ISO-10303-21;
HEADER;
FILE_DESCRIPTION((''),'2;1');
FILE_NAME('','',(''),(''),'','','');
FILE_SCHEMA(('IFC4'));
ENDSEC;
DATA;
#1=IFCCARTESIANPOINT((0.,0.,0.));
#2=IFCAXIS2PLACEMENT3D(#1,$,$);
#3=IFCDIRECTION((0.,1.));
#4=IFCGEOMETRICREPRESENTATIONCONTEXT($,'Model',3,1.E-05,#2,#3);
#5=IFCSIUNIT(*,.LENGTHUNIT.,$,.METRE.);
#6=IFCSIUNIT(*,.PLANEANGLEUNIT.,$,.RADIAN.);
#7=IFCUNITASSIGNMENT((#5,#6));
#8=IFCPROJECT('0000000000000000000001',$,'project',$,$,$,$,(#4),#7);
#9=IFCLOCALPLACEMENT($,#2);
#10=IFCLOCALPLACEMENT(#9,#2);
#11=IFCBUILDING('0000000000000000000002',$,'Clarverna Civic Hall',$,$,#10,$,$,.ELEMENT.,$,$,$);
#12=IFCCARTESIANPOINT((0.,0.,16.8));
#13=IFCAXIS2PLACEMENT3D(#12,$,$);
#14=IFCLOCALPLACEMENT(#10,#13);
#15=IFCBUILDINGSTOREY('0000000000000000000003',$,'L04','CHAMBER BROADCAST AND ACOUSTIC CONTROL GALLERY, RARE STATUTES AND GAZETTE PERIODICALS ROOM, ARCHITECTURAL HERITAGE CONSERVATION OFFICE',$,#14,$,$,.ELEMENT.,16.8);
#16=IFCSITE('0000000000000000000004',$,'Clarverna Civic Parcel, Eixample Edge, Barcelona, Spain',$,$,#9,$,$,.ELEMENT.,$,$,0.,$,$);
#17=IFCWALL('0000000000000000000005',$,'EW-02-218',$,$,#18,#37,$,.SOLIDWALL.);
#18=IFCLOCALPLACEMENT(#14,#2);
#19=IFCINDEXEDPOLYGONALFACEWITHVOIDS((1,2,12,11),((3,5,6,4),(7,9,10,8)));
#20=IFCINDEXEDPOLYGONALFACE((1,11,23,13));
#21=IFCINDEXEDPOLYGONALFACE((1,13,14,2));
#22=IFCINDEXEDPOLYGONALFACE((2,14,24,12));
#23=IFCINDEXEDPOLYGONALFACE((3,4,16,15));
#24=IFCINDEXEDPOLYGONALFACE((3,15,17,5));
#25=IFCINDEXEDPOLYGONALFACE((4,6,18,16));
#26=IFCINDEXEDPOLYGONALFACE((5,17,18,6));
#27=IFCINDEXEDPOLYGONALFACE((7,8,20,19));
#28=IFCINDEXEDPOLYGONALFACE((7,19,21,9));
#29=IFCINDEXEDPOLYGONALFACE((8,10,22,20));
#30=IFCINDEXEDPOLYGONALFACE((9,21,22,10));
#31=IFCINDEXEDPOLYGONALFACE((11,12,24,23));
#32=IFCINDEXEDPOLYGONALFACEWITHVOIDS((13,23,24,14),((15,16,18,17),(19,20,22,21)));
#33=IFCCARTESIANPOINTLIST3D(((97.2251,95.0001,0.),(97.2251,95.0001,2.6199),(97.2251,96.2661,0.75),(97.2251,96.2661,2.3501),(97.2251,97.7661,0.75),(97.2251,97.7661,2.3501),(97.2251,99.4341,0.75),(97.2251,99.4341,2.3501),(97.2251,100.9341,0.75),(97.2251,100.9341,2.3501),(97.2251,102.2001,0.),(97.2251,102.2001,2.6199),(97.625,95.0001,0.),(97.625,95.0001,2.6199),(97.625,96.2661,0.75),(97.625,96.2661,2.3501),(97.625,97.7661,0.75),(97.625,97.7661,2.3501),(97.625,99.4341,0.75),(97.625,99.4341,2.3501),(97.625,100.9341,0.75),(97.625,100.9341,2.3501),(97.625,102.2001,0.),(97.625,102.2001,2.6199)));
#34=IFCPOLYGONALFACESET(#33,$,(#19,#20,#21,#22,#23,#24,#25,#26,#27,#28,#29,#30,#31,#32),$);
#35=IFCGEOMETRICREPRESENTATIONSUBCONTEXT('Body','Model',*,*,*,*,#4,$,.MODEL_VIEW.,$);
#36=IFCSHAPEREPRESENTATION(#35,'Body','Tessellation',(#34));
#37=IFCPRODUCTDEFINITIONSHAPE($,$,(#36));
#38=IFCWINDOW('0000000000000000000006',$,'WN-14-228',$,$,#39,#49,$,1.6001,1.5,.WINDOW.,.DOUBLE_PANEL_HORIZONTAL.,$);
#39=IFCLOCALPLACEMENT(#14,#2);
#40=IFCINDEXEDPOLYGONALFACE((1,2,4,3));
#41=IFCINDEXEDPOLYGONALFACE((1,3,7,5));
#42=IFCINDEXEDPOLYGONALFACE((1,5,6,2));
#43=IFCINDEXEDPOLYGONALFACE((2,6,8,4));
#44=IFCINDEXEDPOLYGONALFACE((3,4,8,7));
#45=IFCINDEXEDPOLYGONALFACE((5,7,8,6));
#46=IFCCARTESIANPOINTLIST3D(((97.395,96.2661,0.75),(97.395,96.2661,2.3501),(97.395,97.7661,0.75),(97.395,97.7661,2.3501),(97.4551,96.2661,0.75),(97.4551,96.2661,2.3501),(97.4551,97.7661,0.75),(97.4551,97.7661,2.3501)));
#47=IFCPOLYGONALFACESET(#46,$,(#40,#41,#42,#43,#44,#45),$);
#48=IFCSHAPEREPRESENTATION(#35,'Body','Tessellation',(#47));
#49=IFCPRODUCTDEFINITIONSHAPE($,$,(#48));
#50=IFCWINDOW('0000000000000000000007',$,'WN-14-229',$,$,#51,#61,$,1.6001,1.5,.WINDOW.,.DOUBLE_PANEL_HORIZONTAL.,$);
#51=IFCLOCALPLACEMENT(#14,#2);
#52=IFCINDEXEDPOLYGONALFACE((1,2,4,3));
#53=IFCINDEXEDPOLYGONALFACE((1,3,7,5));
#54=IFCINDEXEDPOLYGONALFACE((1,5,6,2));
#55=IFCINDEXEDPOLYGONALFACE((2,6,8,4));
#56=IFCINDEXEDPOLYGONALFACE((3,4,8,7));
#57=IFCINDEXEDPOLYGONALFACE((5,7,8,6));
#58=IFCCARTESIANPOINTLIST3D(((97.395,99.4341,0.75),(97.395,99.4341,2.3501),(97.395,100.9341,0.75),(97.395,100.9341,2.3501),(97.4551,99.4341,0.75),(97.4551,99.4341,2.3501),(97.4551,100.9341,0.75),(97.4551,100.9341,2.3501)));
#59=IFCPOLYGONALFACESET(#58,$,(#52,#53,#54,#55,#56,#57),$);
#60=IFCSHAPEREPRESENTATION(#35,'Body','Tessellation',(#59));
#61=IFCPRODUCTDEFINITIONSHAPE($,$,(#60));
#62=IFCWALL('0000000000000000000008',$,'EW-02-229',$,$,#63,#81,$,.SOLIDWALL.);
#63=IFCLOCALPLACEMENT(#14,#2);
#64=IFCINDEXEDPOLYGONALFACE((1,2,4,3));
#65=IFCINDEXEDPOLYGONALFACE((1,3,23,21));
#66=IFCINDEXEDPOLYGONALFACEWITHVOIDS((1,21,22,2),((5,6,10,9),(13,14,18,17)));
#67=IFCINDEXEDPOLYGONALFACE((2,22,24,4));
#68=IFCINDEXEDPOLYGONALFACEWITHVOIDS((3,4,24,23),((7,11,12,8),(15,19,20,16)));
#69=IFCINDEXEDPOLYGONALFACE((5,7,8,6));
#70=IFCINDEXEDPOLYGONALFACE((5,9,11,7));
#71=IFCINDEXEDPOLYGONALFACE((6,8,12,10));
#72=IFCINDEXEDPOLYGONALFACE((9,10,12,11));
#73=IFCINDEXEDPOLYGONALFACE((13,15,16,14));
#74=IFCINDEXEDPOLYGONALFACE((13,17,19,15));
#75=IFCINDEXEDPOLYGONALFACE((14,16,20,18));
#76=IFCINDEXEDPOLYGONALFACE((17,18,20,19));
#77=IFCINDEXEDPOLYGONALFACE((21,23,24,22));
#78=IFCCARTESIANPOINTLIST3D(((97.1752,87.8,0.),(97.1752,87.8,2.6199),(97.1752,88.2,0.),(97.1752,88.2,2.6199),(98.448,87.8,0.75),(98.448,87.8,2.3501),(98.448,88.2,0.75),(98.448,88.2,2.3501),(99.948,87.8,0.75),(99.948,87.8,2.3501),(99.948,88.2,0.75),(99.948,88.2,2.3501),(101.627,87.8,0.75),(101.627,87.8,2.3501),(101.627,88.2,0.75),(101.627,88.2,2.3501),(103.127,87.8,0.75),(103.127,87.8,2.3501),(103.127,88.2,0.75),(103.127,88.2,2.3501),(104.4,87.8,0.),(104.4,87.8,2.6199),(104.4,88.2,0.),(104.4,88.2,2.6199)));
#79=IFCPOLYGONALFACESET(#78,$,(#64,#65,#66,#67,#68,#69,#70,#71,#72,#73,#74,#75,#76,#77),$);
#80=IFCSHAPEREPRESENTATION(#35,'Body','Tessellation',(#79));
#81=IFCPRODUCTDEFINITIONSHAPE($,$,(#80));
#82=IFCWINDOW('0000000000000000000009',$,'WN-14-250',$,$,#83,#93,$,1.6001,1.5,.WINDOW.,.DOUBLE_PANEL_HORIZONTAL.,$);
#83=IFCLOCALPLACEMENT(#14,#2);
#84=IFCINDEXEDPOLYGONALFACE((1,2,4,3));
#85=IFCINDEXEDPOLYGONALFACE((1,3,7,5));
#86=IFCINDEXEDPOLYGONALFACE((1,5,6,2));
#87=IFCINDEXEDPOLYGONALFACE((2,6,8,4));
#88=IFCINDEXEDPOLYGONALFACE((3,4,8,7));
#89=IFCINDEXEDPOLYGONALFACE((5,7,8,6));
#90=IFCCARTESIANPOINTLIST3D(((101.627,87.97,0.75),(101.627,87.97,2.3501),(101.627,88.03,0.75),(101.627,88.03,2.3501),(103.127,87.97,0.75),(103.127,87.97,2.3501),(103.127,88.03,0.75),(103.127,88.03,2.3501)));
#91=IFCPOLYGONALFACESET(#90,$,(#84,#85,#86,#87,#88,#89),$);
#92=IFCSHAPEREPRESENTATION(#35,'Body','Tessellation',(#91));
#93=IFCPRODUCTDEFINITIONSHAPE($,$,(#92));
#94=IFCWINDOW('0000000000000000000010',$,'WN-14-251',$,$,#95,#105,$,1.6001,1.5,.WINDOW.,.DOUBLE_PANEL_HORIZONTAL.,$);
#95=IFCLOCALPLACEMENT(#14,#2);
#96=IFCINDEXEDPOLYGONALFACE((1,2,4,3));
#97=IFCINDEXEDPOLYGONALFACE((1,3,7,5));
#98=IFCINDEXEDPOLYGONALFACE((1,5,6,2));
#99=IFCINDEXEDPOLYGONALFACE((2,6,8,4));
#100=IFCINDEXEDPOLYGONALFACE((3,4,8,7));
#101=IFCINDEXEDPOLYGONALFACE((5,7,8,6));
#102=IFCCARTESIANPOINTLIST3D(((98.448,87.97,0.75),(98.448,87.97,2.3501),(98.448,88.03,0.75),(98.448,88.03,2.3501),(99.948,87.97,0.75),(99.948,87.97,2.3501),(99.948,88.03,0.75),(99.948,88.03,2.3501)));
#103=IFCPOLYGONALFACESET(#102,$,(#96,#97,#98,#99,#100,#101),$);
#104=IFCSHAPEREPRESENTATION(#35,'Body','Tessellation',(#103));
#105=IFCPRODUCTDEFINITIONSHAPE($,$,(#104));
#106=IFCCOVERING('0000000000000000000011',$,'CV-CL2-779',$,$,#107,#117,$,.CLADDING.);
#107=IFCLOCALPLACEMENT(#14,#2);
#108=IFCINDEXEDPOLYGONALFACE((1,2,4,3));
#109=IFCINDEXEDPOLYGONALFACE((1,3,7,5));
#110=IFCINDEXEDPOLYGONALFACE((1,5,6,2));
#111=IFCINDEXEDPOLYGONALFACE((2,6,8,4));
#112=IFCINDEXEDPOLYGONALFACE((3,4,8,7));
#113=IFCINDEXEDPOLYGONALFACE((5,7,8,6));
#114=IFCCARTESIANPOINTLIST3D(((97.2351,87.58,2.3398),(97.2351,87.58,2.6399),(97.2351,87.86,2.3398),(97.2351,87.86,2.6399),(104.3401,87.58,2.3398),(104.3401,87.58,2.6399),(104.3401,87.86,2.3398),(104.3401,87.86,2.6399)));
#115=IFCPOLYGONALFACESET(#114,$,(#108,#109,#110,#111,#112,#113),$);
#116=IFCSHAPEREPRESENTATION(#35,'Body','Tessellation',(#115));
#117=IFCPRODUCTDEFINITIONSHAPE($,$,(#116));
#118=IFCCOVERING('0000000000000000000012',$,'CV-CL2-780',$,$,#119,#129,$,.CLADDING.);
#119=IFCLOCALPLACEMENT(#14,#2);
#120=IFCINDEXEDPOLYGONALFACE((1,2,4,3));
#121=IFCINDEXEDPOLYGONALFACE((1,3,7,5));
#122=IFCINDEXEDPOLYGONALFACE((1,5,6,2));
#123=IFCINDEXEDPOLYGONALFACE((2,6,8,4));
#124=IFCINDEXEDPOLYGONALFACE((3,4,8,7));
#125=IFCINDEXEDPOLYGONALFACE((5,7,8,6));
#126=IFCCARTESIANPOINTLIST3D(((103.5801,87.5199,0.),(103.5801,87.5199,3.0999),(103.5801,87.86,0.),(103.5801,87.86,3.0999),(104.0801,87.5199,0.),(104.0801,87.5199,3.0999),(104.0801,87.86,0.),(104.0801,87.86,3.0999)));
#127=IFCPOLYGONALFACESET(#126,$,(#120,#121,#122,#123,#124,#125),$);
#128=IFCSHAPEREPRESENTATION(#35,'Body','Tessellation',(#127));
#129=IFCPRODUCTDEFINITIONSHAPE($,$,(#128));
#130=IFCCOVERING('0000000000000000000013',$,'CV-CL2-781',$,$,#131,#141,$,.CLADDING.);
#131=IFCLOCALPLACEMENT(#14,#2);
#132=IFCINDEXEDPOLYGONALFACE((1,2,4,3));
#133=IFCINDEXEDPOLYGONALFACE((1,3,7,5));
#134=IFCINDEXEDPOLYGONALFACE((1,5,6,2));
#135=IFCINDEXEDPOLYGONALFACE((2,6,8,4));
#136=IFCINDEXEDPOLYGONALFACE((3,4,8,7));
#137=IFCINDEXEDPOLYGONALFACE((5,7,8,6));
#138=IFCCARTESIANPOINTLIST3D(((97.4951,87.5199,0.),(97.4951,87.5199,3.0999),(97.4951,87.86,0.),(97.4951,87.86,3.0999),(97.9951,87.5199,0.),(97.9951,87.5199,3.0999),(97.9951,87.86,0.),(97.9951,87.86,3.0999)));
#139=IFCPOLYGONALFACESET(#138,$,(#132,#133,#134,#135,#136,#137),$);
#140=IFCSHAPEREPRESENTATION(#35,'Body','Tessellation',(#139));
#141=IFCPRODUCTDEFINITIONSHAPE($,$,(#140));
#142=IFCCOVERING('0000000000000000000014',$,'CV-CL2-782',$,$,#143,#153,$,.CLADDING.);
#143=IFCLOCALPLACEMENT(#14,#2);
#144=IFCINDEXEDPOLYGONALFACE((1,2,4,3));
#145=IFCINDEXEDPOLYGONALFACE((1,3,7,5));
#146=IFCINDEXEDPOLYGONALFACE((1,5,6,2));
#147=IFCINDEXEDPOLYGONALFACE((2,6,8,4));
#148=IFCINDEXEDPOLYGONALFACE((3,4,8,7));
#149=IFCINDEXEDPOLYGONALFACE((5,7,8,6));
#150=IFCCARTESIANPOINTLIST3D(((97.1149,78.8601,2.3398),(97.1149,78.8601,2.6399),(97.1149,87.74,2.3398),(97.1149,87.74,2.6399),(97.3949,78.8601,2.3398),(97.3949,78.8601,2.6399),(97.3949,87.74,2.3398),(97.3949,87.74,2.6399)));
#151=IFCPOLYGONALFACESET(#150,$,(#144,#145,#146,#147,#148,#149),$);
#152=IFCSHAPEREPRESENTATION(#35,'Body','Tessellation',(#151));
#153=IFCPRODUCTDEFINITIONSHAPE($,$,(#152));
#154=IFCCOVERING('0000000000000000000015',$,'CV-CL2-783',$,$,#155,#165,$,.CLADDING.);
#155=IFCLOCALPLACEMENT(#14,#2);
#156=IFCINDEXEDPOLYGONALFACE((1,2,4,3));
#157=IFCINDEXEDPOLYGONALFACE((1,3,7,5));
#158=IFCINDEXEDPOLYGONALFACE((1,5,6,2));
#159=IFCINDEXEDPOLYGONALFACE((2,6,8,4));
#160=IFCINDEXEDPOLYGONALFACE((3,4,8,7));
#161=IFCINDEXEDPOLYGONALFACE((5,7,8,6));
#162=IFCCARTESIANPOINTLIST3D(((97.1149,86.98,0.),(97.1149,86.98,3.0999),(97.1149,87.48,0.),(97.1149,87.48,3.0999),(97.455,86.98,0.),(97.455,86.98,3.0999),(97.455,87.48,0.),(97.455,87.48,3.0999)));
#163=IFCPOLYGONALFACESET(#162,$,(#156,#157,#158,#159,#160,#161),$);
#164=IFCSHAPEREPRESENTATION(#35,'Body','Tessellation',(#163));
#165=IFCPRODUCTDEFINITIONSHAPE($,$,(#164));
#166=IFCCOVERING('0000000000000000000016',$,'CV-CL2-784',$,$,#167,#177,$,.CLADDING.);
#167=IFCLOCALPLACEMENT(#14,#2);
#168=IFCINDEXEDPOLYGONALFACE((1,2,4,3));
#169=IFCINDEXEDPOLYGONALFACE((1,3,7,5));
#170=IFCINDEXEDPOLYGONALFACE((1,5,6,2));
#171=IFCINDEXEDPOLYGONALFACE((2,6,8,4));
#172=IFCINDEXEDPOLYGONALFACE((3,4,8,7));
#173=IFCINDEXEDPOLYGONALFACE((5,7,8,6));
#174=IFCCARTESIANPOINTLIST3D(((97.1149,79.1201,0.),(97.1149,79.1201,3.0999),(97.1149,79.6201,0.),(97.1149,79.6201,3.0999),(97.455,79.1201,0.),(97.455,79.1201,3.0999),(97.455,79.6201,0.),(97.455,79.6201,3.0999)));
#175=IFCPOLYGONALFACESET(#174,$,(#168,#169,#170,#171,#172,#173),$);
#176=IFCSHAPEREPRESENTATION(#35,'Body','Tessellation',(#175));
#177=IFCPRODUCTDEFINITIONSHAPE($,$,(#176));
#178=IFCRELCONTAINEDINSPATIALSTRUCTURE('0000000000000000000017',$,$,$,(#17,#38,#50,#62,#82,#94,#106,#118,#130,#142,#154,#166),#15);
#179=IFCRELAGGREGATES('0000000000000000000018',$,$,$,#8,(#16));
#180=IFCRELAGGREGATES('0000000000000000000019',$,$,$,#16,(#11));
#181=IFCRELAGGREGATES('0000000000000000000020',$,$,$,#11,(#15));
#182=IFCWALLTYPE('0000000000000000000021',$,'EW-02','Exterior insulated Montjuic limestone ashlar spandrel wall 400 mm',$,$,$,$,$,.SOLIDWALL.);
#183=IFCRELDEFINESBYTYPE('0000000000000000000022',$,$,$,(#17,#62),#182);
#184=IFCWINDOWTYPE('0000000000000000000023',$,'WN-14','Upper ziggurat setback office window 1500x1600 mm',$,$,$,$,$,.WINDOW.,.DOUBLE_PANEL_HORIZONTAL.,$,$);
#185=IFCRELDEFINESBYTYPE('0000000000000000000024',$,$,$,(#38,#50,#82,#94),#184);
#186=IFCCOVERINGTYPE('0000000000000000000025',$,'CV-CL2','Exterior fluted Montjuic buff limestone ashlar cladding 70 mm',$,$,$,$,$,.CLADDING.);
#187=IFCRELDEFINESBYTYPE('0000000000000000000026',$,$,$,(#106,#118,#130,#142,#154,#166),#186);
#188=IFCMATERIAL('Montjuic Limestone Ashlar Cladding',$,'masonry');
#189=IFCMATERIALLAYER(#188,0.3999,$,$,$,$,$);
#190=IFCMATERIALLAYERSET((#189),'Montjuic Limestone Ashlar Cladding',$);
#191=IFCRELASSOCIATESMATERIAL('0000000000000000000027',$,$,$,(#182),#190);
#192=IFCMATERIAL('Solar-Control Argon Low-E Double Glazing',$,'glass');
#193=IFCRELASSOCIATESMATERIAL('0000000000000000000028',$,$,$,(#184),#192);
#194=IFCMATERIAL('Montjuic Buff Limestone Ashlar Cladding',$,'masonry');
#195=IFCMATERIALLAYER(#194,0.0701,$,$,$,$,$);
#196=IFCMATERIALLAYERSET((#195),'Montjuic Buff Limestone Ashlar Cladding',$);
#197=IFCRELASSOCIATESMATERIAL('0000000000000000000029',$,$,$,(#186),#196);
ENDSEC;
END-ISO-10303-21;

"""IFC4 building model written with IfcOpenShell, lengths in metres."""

from ifc_helpers import new_model, si_unit, direction, frame, frame_2d, origin, place, context, subcontext, project, spatial, rectangle, extrude, material, layer, layer_set, type_object, element, fill, save


model = new_model("IFC4")

# Units and contexts
model_context = context("Model", 3, precision=1e-05, world=origin(), true_north=direction((0.0, 1.0)))
body_context = subcontext(model_context, "Body", "Model", "MODEL_VIEW")
ifc_project = project(units=[si_unit("LENGTHUNIT", "METRE"), si_unit("PLANEANGLEUNIT", "RADIAN")], contexts=[model_context])

# Site, building, storey
site_placement = place(None, origin())
site = spatial("IfcSite", under=ifc_project, at=site_placement, Name="Clarverna Civic Parcel, Eixample Edge, Barcelona, Spain", CompositionType="ELEMENT", RefElevation=0.0)
building_placement = place(site_placement, origin())
building = spatial("IfcBuilding", under=site, at=building_placement, Name="Clarverna Civic Hall", CompositionType="ELEMENT")
storey_placement = place(building_placement, frame((0.0, 0.0, 16.8)))
storey = spatial("IfcBuildingStorey", under=building, at=storey_placement, Name="L04", Description="CHAMBER BROADCAST AND ACOUSTIC CONTROL GALLERY, RARE STATUTES AND GAZETTE PERIODICALS ROOM, ARCHITECTURAL HERITAGE CONSERVATION OFFICE", CompositionType="ELEMENT", Elevation=16.8)

# Walls, openings, windows
ifc_material_1 = material(Name="Montjuic Limestone Ashlar Cladding", Category="masonry")
ifc_layer_1 = layer(ifc_material_1, 0.3999)
ifc_layer_set_1 = layer_set([ifc_layer_1], Name="Montjuic Limestone Ashlar Cladding")
wall_type = type_object("IfcWallType", Name="EW-02", Description="Exterior insulated Montjuic limestone ashlar spandrel wall 400 mm", PredefinedType="SOLIDWALL", material=ifc_layer_set_1)
wall_1_placement = place(storey_placement, frame((97.425, 95.0, 0.0), z_axis=(0.0, 0.0, 1.0), x_axis=(0.0, 1.0, 0.0)))
wall_1 = element("IfcWall", 1, at=wall_1_placement, inside=storey, type_object=wall_type, Name="EW-02-218", PredefinedType="SOLIDWALL", context=body_context, shape_type="SweptSolid", body=[
    extrude(rectangle(XDim=7.2, YDim=0.3999, at=frame_2d((3.6001, 0.0))), origin(), (0.0, 0.0, 1.0), 2.6199),
])
opening_1_placement = place(wall_1_placement, frame((1.2661, 0.0, 0.75)))
opening_1 = element("IfcOpeningElement", 2, at=opening_1_placement, cuts=wall_1, PredefinedType="OPENING", context=body_context, shape_type="SweptSolid", body=[
    extrude(rectangle(XDim=1.5, YDim=1.6001, at=frame_2d((0.75, 0.8))), frame((0.0, 0.21, 0.0), z_axis=(0.0, -1.0, 0.0), x_axis=(1.0, 0.0, 0.0)), (0.0, 0.0, 1.0), 0.4199),
])
opening_2_placement = place(wall_1_placement, frame((4.4341, 0.0, 0.75)))
opening_2 = element("IfcOpeningElement", 3, at=opening_2_placement, cuts=wall_1, PredefinedType="OPENING", context=body_context, shape_type="SweptSolid", body=[
    extrude(rectangle(XDim=1.5, YDim=1.6001, at=frame_2d((0.75, 0.8))), frame((0.0, 0.21, 0.0), z_axis=(0.0, -1.0, 0.0), x_axis=(1.0, 0.0, 0.0)), (0.0, 0.0, 1.0), 0.4199),
])
ifc_material_2 = material(Name="Solar-Control Argon Low-E Double Glazing", Category="glass")
window_type = type_object("IfcWindowType", Name="WN-14", Description="Upper ziggurat setback office window 1500x1600 mm", PartitioningType="DOUBLE_PANEL_HORIZONTAL", PredefinedType="WINDOW", material=ifc_material_2)
window_1_placement = place(opening_1_placement, origin())
window_1 = element("IfcWindow", 4, at=window_1_placement, inside=storey, type_object=window_type, Name="WN-14-228", OverallHeight=1.6001, OverallWidth=1.5, PartitioningType="DOUBLE_PANEL_HORIZONTAL", PredefinedType="WINDOW", context=body_context, shape_type="SweptSolid", body=[
    extrude(rectangle(XDim=1.5, YDim=1.6001, at=frame_2d((0.75, 0.8))), frame((0.0, 0.03, 0.0), z_axis=(0.0, -1.0, 0.0), x_axis=(1.0, 0.0, 0.0)), (0.0, 0.0, 1.0), 0.0601),
])
fill(opening_1, window_1)
window_2_placement = place(opening_2_placement, origin())
window_2 = element("IfcWindow", 5, at=window_2_placement, inside=storey, type_object=window_type, Name="WN-14-229", OverallHeight=1.6001, OverallWidth=1.5, PartitioningType="DOUBLE_PANEL_HORIZONTAL", PredefinedType="WINDOW", context=body_context, shape_type="SweptSolid", body=[
    extrude(rectangle(XDim=1.5, YDim=1.6001, at=frame_2d((0.75, 0.8))), frame((0.0, 0.03, 0.0), z_axis=(0.0, -1.0, 0.0), x_axis=(1.0, 0.0, 0.0)), (0.0, 0.0, 1.0), 0.0601),
])
fill(opening_2, window_2)
wall_2_placement = place(storey_placement, frame((104.3999, 88.0, 0.0), z_axis=(0.0, 0.0, 1.0), x_axis=(-1.0, 0.0, 0.0)))
wall_2 = element("IfcWall", 6, at=wall_2_placement, inside=storey, type_object=wall_type, Name="EW-02-229", PredefinedType="SOLIDWALL", context=body_context, shape_type="SweptSolid", body=[
    extrude(rectangle(XDim=7.2249, YDim=0.3999, at=frame_2d((3.6123, 0.0))), origin(), (0.0, 0.0, 1.0), 2.6199),
])
opening_3_placement = place(wall_2_placement, frame((1.2729, 0.0, 0.75)))
opening_3 = element("IfcOpeningElement", 7, at=opening_3_placement, cuts=wall_2, PredefinedType="OPENING", context=body_context, shape_type="SweptSolid", body=[
    extrude(rectangle(XDim=1.5, YDim=1.6001, at=frame_2d((0.75, 0.8))), frame((0.0, 0.21, 0.0), z_axis=(0.0, -1.0, 0.0), x_axis=(1.0, 0.0, 0.0)), (0.0, 0.0, 1.0), 0.4199),
])
opening_4_placement = place(wall_2_placement, frame((4.4519, 0.0, 0.75)))
opening_4 = element("IfcOpeningElement", 8, at=opening_4_placement, cuts=wall_2, PredefinedType="OPENING", context=body_context, shape_type="SweptSolid", body=[
    extrude(rectangle(XDim=1.5, YDim=1.6001, at=frame_2d((0.75, 0.8))), frame((0.0, 0.21, 0.0), z_axis=(0.0, -1.0, 0.0), x_axis=(1.0, 0.0, 0.0)), (0.0, 0.0, 1.0), 0.4199),
])
window_3_placement = place(opening_3_placement, origin())
window_3 = element("IfcWindow", 9, at=window_3_placement, inside=storey, type_object=window_type, Name="WN-14-250", OverallHeight=1.6001, OverallWidth=1.5, PartitioningType="DOUBLE_PANEL_HORIZONTAL", PredefinedType="WINDOW", context=body_context, shape_type="SweptSolid", body=[
    extrude(rectangle(XDim=1.5, YDim=1.6001, at=frame_2d((0.75, 0.8))), frame((0.0, 0.03, 0.0), z_axis=(0.0, -1.0, 0.0), x_axis=(1.0, 0.0, 0.0)), (0.0, 0.0, 1.0), 0.0601),
])
fill(opening_3, window_3)
window_4_placement = place(opening_4_placement, origin())
window_4 = element("IfcWindow", 10, at=window_4_placement, inside=storey, type_object=window_type, Name="WN-14-251", OverallHeight=1.6001, OverallWidth=1.5, PartitioningType="DOUBLE_PANEL_HORIZONTAL", PredefinedType="WINDOW", context=body_context, shape_type="SweptSolid", body=[
    extrude(rectangle(XDim=1.5, YDim=1.6001, at=frame_2d((0.75, 0.8))), frame((0.0, 0.03, 0.0), z_axis=(0.0, -1.0, 0.0), x_axis=(1.0, 0.0, 0.0)), (0.0, 0.0, 1.0), 0.0601),
])
fill(opening_4, window_4)

# Coverings
ifc_material_3 = material(Name="Montjuic Buff Limestone Ashlar Cladding", Category="masonry")
ifc_layer_2 = layer(ifc_material_3, 0.0701)
ifc_layer_set_2 = layer_set([ifc_layer_2], Name="Montjuic Buff Limestone Ashlar Cladding")
covering_type = type_object("IfcCoveringType", Name="CV-CL2", Description="Exterior fluted Montjuic buff limestone ashlar cladding 70 mm", PredefinedType="CLADDING", material=ifc_layer_set_2)
covering_1_placement = place(storey_placement, frame((104.3401, 87.72, 2.3398), z_axis=(0.0, 0.0, 1.0), x_axis=(-1.0, 0.0, 0.0)))
element("IfcCovering", 11, at=covering_1_placement, inside=storey, type_object=covering_type, Name="CV-CL2-779", PredefinedType="CLADDING", context=body_context, shape_type="SweptSolid", body=[
    extrude(rectangle(XDim=7.105, YDim=0.28, at=frame_2d((3.5525, 0.0))), origin(), (0.0, 0.0, 1.0), 0.3),
])
for number, where, z_axis, x_axis, name in (
    (12, (104.0801, 87.6899, 0.0), (0.0, 0.0, 1.0), (-1.0, 0.0, 0.0), "CV-CL2-780"),
    (13, (97.9951, 87.6899, 0.0), (0.0, 0.0, 1.0), (-1.0, 0.0, 0.0), "CV-CL2-781"),
):
    element("IfcCovering", number, at=place(storey_placement, frame(where, z_axis=z_axis, x_axis=x_axis)), inside=storey, type_object=covering_type, Name=name, PredefinedType="CLADDING", context=body_context, shape_type="SweptSolid", body=[
        extrude(rectangle(XDim=0.5, YDim=0.3401, at=frame_2d((0.25, 0.0))), origin(), (0.0, 0.0, 1.0), 3.0999),
    ])
covering_2_placement = place(storey_placement, frame((97.2549, 87.74, 2.3398), z_axis=(0.0, 0.0, 1.0), x_axis=(0.0, -1.0, 0.0)))
element("IfcCovering", 14, at=covering_2_placement, inside=storey, type_object=covering_type, Name="CV-CL2-782", PredefinedType="CLADDING", context=body_context, shape_type="SweptSolid", body=[
    extrude(rectangle(XDim=8.8799, YDim=0.28, at=frame_2d((4.4399, 0.0))), origin(), (0.0, 0.0, 1.0), 0.3),
])
for number, where, z_axis, x_axis, name in (
    (15, (97.2849, 87.48, 0.0), (0.0, 0.0, 1.0), (0.0, -1.0, 0.0), "CV-CL2-783"),
    (16, (97.2849, 79.6201, 0.0), (0.0, 0.0, 1.0), (0.0, -1.0, 0.0), "CV-CL2-784"),
):
    element("IfcCovering", number, at=place(storey_placement, frame(where, z_axis=z_axis, x_axis=x_axis)), inside=storey, type_object=covering_type, Name=name, PredefinedType="CLADDING", context=body_context, shape_type="SweptSolid", body=[
        extrude(rectangle(XDim=0.5, YDim=0.3401, at=frame_2d((0.25, 0.0))), origin(), (0.0, 0.0, 1.0), 3.0999),
    ])

save(model, "model.ifc")
